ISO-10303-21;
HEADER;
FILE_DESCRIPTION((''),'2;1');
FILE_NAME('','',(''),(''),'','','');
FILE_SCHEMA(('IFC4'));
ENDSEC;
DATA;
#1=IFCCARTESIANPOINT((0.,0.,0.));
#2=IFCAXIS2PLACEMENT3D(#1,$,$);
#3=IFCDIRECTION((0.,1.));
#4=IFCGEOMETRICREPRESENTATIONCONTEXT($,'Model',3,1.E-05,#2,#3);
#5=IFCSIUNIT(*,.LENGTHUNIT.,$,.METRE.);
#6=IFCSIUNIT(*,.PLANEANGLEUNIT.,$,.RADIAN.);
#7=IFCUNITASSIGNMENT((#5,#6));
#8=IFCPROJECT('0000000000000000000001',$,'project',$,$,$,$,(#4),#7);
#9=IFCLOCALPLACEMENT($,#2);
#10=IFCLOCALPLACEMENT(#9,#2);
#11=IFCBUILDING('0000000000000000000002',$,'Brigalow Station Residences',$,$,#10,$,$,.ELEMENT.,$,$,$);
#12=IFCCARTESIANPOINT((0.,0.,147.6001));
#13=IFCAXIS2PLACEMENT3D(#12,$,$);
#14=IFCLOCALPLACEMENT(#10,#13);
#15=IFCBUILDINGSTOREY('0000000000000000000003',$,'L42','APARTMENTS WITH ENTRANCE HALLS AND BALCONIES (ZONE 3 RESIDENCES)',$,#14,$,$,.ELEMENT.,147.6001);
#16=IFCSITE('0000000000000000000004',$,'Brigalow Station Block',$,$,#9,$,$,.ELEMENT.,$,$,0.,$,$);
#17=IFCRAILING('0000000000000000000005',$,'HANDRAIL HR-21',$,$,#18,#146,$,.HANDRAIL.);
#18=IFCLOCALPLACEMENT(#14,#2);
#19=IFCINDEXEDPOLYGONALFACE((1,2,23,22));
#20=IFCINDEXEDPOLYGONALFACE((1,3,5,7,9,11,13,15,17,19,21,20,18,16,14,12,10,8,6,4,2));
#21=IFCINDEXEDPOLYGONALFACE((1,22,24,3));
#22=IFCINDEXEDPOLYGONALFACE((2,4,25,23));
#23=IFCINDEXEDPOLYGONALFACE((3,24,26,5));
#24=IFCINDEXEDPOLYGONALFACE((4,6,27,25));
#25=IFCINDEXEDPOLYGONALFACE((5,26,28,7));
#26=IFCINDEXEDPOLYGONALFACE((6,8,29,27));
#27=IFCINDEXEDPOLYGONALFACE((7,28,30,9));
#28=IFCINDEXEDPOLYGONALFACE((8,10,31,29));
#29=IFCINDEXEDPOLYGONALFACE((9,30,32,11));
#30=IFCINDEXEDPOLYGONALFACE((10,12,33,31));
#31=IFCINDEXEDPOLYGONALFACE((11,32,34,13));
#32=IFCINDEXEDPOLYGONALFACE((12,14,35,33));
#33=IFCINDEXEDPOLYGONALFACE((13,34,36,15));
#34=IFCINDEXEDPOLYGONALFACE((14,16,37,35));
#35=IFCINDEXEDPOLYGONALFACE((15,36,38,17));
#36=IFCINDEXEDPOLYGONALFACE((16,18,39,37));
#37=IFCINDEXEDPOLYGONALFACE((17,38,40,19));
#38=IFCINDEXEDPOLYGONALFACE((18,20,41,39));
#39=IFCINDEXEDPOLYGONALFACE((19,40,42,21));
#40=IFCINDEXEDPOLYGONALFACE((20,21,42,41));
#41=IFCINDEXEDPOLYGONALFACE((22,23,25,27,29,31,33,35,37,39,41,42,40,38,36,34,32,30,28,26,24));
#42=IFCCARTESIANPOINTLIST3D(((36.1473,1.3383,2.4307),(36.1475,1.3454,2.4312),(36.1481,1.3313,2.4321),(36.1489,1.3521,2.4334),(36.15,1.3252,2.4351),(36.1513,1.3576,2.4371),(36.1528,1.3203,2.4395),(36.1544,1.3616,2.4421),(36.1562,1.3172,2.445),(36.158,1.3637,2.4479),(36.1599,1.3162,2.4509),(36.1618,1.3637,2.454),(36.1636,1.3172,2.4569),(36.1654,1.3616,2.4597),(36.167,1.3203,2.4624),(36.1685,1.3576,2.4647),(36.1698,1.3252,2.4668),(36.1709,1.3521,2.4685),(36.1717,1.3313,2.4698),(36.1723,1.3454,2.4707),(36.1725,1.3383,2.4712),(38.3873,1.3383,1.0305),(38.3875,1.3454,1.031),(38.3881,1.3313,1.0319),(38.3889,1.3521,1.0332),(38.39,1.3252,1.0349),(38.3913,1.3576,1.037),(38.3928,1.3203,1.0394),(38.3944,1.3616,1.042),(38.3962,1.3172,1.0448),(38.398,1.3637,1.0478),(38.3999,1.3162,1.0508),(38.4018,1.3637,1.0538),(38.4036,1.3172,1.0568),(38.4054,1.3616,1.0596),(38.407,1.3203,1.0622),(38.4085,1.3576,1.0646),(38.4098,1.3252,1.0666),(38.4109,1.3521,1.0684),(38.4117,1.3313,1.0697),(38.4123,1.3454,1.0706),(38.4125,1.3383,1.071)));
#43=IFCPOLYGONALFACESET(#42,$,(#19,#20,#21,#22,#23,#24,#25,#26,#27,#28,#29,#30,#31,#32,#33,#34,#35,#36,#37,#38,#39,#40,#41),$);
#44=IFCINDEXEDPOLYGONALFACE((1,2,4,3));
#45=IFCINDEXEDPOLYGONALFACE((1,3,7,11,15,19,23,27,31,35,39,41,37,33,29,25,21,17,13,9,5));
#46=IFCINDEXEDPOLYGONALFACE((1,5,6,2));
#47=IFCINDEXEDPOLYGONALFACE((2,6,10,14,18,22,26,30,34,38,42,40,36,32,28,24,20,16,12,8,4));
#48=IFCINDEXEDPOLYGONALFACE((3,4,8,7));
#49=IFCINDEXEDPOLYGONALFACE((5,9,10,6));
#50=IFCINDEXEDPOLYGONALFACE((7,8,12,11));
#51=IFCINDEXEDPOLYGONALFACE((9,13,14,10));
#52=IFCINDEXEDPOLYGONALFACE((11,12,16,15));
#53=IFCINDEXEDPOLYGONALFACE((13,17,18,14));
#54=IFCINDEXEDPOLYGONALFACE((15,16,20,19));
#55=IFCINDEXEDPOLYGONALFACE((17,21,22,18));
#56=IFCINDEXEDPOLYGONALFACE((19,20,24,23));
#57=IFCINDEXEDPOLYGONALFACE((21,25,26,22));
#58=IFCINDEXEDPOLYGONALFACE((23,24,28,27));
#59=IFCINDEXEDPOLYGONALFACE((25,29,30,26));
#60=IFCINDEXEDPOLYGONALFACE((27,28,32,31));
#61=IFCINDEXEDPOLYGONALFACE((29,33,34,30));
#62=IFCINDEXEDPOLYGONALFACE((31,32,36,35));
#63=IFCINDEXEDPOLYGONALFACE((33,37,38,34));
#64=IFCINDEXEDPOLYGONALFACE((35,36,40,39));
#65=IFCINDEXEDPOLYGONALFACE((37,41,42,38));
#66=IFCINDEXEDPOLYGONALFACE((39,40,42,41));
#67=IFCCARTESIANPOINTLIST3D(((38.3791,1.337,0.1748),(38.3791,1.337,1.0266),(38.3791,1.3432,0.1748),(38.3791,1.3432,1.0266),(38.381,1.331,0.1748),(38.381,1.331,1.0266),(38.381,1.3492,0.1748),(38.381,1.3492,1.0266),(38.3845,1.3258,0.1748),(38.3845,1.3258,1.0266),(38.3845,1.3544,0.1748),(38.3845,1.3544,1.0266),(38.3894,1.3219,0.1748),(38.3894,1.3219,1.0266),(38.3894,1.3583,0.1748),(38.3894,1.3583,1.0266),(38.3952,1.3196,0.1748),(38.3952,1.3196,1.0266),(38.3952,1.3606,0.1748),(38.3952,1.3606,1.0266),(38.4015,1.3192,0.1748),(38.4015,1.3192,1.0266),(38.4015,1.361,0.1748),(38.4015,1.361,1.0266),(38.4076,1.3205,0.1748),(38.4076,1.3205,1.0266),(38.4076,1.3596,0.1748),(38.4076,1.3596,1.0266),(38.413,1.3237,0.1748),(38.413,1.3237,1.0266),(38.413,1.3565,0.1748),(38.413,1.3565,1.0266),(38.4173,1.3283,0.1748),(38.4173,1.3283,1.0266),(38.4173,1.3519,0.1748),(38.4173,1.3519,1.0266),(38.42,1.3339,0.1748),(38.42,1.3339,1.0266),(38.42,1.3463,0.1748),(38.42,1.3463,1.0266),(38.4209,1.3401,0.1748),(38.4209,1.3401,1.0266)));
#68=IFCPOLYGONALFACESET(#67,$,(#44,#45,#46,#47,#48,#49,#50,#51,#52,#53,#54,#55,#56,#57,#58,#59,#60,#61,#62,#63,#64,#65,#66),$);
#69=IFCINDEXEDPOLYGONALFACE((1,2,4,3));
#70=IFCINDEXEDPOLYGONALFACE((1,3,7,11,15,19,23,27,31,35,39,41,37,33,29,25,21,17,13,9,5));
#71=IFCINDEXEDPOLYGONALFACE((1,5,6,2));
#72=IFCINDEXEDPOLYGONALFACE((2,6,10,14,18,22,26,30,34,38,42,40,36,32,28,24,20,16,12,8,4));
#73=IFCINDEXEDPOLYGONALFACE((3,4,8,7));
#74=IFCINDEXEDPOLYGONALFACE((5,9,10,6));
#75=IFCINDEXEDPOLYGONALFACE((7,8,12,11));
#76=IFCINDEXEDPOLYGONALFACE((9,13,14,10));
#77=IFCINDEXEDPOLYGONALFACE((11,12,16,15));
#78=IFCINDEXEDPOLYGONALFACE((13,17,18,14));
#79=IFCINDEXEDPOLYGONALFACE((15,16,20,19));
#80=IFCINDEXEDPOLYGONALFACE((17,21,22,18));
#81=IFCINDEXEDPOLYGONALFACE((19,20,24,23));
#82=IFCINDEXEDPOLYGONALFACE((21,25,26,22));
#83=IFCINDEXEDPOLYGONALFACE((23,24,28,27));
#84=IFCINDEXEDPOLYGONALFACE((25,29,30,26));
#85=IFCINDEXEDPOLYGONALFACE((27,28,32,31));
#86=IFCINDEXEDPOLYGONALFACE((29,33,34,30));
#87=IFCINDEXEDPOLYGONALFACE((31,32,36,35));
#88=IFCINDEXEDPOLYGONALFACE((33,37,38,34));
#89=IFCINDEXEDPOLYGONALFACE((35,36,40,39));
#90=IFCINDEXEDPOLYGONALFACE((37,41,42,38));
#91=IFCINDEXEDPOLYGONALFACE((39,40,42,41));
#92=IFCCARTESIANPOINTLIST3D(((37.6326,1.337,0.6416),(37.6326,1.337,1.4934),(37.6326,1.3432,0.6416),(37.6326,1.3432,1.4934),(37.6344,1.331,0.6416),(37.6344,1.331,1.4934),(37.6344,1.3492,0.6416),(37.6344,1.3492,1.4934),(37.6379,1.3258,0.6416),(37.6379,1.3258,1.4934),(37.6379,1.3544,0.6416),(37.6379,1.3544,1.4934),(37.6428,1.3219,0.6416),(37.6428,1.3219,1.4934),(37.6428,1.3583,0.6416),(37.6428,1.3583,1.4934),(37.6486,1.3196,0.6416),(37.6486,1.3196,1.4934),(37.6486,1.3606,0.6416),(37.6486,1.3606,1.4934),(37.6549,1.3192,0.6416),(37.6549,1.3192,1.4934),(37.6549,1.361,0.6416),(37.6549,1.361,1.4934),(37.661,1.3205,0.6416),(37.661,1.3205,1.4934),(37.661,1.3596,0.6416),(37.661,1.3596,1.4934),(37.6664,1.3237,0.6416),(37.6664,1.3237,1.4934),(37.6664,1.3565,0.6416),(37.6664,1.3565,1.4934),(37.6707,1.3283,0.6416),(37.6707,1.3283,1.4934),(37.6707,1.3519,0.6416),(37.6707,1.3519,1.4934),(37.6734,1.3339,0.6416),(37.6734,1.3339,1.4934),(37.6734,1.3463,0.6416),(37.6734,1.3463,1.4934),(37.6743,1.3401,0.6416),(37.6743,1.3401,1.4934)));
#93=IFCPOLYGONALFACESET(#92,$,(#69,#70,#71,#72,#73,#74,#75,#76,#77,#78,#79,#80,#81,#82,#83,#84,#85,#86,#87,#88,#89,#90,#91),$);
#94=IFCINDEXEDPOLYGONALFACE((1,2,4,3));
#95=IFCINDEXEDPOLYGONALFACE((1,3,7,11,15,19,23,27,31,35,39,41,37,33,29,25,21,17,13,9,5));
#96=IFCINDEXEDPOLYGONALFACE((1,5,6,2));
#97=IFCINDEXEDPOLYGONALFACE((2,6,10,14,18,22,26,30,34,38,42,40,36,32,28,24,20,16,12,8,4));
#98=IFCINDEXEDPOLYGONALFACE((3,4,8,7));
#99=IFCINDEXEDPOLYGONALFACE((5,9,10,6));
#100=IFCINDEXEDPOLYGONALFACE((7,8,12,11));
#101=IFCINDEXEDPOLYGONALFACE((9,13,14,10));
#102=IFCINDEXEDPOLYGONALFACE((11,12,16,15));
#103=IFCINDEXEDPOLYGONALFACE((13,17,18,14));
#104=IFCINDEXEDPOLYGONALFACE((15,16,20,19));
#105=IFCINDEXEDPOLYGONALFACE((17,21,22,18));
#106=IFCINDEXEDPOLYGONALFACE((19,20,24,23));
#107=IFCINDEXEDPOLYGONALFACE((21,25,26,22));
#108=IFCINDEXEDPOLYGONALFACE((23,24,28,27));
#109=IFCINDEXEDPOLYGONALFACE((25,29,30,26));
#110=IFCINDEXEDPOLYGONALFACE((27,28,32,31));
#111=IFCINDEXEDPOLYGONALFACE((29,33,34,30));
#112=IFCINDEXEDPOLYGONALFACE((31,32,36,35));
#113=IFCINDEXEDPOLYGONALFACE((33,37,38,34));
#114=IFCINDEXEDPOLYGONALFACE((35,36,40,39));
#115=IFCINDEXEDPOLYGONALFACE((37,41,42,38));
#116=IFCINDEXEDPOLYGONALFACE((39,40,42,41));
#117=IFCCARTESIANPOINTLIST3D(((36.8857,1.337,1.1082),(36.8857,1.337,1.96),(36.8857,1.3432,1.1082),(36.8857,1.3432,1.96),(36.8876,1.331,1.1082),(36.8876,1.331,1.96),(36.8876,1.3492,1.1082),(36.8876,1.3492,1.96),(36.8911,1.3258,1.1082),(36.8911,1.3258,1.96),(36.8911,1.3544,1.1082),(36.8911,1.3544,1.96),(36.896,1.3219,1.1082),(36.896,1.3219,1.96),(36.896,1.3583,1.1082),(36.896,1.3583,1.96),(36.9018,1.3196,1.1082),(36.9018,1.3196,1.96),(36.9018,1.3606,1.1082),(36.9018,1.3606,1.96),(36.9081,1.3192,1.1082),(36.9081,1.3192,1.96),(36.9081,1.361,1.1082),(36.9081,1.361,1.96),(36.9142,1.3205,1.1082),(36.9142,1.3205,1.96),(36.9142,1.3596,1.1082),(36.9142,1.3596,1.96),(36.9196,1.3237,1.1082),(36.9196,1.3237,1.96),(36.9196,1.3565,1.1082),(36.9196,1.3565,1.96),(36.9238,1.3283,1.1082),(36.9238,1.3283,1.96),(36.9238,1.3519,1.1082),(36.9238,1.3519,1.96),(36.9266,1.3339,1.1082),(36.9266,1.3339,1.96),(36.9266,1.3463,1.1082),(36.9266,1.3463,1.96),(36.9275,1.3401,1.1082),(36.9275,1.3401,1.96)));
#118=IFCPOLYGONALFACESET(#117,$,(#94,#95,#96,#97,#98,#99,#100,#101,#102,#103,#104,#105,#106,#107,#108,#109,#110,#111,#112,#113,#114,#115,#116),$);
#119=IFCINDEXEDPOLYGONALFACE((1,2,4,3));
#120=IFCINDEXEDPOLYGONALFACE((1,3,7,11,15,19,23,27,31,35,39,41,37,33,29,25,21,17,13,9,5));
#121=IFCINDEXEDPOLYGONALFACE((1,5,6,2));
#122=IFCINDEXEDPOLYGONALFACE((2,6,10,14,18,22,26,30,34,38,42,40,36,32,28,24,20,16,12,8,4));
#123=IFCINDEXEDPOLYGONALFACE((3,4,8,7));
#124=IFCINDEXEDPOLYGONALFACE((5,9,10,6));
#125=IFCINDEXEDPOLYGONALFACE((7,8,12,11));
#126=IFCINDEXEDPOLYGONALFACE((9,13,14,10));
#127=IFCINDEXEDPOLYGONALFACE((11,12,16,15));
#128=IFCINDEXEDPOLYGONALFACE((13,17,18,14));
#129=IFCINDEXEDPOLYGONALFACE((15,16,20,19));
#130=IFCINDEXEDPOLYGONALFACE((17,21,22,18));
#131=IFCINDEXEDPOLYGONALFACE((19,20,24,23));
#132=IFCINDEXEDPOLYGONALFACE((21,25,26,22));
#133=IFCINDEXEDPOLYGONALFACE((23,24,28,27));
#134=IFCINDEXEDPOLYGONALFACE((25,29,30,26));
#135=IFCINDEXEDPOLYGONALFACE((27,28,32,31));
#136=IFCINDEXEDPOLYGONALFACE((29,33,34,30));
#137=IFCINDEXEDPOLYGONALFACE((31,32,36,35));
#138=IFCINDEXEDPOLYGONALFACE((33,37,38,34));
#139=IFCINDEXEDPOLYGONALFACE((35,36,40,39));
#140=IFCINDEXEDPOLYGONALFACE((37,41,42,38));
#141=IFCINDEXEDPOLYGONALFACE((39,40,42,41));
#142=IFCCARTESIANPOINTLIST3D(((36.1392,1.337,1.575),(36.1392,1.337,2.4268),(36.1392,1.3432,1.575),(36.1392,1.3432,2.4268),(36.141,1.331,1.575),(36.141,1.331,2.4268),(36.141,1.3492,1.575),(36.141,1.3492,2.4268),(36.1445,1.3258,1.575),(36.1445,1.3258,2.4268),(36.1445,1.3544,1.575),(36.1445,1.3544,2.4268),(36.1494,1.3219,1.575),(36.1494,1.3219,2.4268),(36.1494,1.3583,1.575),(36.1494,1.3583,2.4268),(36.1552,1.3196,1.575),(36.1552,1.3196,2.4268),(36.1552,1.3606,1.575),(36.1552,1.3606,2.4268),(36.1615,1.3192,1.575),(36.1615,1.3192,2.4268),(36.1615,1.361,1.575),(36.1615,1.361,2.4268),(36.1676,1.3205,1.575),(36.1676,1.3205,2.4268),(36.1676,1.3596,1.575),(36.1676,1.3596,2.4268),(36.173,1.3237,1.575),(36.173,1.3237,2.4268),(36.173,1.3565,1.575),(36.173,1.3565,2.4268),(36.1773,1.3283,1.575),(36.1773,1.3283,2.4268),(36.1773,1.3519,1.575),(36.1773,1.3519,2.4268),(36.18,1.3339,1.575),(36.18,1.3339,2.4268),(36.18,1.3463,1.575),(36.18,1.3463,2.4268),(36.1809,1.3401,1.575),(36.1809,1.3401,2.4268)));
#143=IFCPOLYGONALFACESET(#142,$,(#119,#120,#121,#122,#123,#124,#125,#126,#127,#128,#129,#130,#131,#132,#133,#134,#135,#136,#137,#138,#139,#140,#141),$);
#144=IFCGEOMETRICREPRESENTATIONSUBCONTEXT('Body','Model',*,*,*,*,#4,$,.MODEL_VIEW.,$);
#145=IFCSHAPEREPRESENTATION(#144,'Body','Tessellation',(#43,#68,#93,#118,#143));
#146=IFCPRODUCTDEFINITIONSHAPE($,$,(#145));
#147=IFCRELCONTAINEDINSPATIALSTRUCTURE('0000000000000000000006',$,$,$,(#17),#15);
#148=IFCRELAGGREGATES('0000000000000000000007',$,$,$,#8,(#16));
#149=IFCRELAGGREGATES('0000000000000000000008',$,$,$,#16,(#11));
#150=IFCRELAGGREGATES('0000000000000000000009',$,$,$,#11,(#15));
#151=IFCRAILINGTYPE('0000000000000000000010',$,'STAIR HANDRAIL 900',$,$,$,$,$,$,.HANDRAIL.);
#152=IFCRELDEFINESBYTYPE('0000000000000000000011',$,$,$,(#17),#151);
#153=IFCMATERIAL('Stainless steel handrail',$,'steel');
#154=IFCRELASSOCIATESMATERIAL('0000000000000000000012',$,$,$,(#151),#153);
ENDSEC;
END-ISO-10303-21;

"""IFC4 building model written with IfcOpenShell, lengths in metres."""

from ifc_helpers import new_model, si_unit, direction, frame, origin, origin_2d, place, context, subcontext, project, spatial, circle, extrude, material, type_object, element, save


model = new_model("IFC4")

# Units and contexts
model_context = context("Model", 3, precision=1e-05, world=origin(), true_north=direction((0.0, 1.0)))
body_context = subcontext(model_context, "Body", "Model", "MODEL_VIEW")
ifc_project = project(units=[si_unit("LENGTHUNIT", "METRE"), si_unit("PLANEANGLEUNIT", "RADIAN")], contexts=[model_context])

# Site, building, storey
site_placement = place(None, origin())
site = spatial("IfcSite", under=ifc_project, at=site_placement, Name="Brigalow Station Block", CompositionType="ELEMENT", RefElevation=0.0)
building_placement = place(site_placement, origin())
building = spatial("IfcBuilding", under=site, at=building_placement, Name="Brigalow Station Residences", CompositionType="ELEMENT")
storey_placement = place(building_placement, frame((0.0, 0.0, 147.6001)))
storey = spatial("IfcBuildingStorey", under=building, at=storey_placement, Name="L42", Description="APARTMENTS WITH ENTRANCE HALLS AND BALCONIES (ZONE 3 RESIDENCES)", CompositionType="ELEMENT", Elevation=147.6001)

# Railing
ifc_material_1 = material(Name="Stainless steel handrail", Category="steel")
railing_type_1 = type_object("IfcRailingType", Name="STAIR HANDRAIL 900", PredefinedType="HANDRAIL", material=ifc_material_1)
railing_1_placement = place(storey_placement, frame((38.3999, 1.3401, 0.1748)))
element("IfcRailing", 1, at=railing_1_placement, inside=storey, type_object=railing_type_1, Name="HANDRAIL HR-21", PredefinedType="HANDRAIL", context=body_context, shape_type="SweptSolid", body=[
    extrude(circle(Radius=0.0239, at=origin_2d()), frame((0.0, 0.0, 0.876), z_axis=(-0.847972, 0.0, 0.53004), x_axis=(0.0, -1.0, 0.0)), (0.0, 0.0, 1.0), 2.6416),
    extrude(circle(Radius=0.021, at=origin_2d()), origin(), (0.0, 0.0, 1.0), 0.8518),
    extrude(circle(Radius=0.021, at=origin_2d()), frame((-0.7466, 0.0, 0.4668)), (0.0, 0.0, 1.0), 0.8518),
    extrude(circle(Radius=0.021, at=origin_2d()), frame((-1.4934, 0.0, 0.9333)), (0.0, 0.0, 1.0), 0.8518),
    extrude(circle(Radius=0.021, at=origin_2d()), frame((-2.24, 0.0, 1.4001)), (0.0, 0.0, 1.0), 0.8518),
])

save(model, "model.ifc")
